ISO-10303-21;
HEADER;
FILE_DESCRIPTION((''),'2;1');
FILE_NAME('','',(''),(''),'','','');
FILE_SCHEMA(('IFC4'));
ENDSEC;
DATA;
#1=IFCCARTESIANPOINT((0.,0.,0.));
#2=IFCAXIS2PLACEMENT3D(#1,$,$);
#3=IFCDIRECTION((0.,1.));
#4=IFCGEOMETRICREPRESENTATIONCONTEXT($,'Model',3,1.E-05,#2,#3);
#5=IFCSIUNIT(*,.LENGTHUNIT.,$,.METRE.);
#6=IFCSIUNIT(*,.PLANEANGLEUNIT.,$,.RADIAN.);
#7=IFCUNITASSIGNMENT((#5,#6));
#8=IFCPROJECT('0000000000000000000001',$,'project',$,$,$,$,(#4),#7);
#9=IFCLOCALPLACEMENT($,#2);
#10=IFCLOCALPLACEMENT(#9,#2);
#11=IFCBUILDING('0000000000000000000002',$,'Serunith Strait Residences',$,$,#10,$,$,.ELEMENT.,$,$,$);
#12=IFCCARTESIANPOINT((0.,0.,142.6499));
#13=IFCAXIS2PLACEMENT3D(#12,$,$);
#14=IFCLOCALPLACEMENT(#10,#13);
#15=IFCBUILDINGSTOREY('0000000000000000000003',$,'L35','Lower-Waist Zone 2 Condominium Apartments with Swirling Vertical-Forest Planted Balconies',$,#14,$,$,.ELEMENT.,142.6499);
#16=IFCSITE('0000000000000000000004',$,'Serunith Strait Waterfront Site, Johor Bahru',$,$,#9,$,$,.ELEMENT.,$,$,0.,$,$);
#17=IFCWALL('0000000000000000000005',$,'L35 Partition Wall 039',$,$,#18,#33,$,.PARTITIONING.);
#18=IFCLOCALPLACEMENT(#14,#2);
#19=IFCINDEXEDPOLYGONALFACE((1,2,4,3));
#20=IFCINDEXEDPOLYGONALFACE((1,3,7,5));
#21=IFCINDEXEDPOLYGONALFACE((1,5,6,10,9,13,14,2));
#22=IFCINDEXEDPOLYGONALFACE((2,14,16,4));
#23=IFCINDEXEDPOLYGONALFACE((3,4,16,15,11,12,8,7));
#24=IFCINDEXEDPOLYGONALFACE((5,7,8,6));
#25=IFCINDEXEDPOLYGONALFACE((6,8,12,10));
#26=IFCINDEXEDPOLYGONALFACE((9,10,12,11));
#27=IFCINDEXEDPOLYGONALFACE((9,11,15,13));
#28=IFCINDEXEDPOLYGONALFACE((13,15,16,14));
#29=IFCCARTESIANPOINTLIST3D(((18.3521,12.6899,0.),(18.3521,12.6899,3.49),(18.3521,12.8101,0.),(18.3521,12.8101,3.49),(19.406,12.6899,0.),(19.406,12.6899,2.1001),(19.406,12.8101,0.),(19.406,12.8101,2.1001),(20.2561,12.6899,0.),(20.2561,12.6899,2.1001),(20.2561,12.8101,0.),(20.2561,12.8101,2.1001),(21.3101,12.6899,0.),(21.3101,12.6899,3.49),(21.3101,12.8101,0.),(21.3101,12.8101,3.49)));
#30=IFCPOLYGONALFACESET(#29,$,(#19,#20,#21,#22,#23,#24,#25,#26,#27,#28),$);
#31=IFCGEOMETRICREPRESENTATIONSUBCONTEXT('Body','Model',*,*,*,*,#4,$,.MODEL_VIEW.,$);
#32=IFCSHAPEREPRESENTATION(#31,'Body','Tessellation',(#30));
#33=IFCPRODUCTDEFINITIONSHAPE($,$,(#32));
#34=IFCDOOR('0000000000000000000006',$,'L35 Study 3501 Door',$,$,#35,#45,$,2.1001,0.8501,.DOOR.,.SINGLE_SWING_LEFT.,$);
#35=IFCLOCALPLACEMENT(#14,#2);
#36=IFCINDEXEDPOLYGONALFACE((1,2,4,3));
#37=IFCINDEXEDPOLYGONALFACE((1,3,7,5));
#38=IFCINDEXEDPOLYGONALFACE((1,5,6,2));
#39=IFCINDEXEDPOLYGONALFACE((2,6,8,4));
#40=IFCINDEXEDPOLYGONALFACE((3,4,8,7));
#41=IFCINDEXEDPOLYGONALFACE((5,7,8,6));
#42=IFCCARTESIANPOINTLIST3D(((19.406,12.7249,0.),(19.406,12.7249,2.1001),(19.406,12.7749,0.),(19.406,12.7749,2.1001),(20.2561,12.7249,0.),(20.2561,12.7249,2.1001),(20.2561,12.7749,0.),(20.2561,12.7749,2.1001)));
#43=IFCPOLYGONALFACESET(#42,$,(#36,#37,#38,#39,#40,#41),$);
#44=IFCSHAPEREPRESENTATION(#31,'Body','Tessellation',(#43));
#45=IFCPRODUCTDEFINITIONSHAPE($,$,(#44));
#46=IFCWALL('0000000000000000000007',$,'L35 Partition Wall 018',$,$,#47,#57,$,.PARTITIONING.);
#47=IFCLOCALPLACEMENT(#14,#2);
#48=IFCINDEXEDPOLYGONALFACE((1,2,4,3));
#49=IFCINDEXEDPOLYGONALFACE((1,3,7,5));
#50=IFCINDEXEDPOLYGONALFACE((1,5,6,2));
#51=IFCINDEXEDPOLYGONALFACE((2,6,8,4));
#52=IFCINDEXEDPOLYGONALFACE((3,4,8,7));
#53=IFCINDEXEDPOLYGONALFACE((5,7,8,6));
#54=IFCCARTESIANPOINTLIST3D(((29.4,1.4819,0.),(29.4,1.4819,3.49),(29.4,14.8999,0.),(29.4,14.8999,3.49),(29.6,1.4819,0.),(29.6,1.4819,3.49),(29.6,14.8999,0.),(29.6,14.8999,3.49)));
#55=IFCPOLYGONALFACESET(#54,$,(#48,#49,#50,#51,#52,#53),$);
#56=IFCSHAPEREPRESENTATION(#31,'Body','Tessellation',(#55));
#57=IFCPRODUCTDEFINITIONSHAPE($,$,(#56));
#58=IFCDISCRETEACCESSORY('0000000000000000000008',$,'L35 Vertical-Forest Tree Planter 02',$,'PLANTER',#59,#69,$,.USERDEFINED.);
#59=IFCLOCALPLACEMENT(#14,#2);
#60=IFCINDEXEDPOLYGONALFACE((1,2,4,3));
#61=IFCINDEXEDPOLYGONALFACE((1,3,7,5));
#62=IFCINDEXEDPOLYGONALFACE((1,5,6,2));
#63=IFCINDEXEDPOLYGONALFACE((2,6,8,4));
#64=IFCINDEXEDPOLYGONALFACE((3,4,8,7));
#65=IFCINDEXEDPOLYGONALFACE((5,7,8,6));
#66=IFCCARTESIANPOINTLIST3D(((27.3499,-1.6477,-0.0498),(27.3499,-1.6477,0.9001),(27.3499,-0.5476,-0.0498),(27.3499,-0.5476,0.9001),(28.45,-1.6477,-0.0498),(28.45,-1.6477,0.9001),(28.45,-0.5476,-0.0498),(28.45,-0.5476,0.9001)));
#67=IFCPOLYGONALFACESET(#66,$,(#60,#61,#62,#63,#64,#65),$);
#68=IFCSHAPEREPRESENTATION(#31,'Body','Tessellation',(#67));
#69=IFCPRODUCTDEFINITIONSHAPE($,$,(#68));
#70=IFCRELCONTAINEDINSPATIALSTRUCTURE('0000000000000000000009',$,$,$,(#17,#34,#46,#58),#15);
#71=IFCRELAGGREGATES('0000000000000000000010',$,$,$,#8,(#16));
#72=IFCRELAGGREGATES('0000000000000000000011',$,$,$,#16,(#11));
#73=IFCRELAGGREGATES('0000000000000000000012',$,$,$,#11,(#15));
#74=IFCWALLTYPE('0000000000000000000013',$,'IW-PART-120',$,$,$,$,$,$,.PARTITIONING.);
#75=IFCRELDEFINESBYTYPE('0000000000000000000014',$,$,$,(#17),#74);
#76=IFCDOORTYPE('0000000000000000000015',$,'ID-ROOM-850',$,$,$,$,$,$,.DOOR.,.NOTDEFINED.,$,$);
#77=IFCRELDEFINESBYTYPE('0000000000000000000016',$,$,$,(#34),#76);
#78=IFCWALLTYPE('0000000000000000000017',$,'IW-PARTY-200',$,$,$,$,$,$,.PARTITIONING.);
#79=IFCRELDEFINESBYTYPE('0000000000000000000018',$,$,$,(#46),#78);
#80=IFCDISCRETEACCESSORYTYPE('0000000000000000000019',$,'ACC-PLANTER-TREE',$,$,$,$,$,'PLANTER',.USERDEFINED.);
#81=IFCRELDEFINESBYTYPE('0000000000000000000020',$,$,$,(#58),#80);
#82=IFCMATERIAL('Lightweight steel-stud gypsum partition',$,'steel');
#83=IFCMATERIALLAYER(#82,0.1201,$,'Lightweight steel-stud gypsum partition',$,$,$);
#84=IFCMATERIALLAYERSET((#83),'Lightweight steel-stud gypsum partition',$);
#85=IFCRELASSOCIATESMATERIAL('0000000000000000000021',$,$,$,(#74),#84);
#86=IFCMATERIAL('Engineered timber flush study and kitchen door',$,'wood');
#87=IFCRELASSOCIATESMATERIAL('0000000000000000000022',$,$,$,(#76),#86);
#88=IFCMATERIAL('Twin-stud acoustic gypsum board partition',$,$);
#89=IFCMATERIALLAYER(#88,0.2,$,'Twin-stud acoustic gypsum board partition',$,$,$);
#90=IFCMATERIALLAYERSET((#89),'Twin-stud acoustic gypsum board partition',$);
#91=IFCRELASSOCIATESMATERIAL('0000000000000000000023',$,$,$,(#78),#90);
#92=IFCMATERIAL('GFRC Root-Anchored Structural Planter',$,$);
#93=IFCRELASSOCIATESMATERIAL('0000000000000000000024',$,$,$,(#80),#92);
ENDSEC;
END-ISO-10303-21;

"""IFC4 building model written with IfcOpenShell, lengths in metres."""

from ifc_helpers import new_model, si_unit, direction, frame, frame_2d, origin, origin_2d, place, context, subcontext, project, spatial, rectangle, extrude, source, transform, mapped, material, layer, layer_set, type_object, element, fill, save


model = new_model("IFC4")

# Units and contexts
model_context = context("Model", 3, precision=1e-05, world=origin(), true_north=direction((0.0, 1.0)))
body_context = subcontext(model_context, "Body", "Model", "MODEL_VIEW")
ifc_project = project(units=[si_unit("LENGTHUNIT", "METRE"), si_unit("PLANEANGLEUNIT", "RADIAN")], contexts=[model_context])

# Site, building, storey
site_placement = place(None, origin())
site = spatial("IfcSite", under=ifc_project, at=site_placement, Name="Serunith Strait Waterfront Site, Johor Bahru", CompositionType="ELEMENT", RefElevation=0.0)
building_placement = place(site_placement, origin())
building = spatial("IfcBuilding", under=site, at=building_placement, Name="Serunith Strait Residences", CompositionType="ELEMENT")
storey_placement = place(building_placement, frame((0.0, 0.0, 142.6499)))
storey = spatial("IfcBuildingStorey", under=building, at=storey_placement, Name="L35", Description="Lower-Waist Zone 2 Condominium Apartments with Swirling Vertical-Forest Planted Balconies", CompositionType="ELEMENT", Elevation=142.6499)

# Shared definitions
ifc_material_1 = material(Name="Lightweight steel-stud gypsum partition", Category="steel")
ifc_layer_1 = layer(ifc_material_1, 0.1201, Name="Lightweight steel-stud gypsum partition")
ifc_layer_set_1 = layer_set([ifc_layer_1], Name="Lightweight steel-stud gypsum partition")
wall_type_1 = type_object("IfcWallType", Name="IW-PART-120", PredefinedType="PARTITIONING", material=ifc_layer_set_1)
ifc_material_2 = material(Name="Engineered timber flush study and kitchen door", Category="wood")
door_type_1 = type_object("IfcDoorType", Name="ID-ROOM-850", OperationType="NOTDEFINED", PredefinedType="DOOR", material=ifc_material_2)
shared_shape_1 = source(origin(), body_context, "Body", "SweptSolid", [
    extrude(rectangle(XDim=0.8501, YDim=2.1001, at=frame_2d((0.425, 1.05))), frame((0.0, 0.0249, 0.0), z_axis=(0.0, -1.0, 0.0), x_axis=(1.0, 0.0, 0.0)), (0.0, 0.0, 1.0), 0.05),
])

# Wall, opening, door
wall_1_placement = place(storey_placement, frame((18.3521, 12.75, 0.0), z_axis=(0.0, 0.0, 1.0), x_axis=(1.0, 0.0, 0.0)))
wall_1 = element("IfcWall", 1, at=wall_1_placement, inside=storey, type_object=wall_type_1, Name="L35 Partition Wall 039", PredefinedType="PARTITIONING", context=body_context, shape_type="SweptSolid", body=[
    extrude(rectangle(XDim=2.958, YDim=0.1201, at=frame_2d((1.479, 0.0))), origin(), (0.0, 0.0, 1.0), 3.49),
])
opening_1_placement = place(wall_1_placement, frame((1.054, 0.0, 0.0)))
opening_1 = element("IfcOpeningElement", 2, at=opening_1_placement, cuts=wall_1, PredefinedType="OPENING", context=body_context, shape_type="SweptSolid", body=[
    extrude(rectangle(XDim=0.8501, YDim=2.1001, at=frame_2d((0.425, 1.05))), frame((0.0, 0.0701, 0.0), z_axis=(0.0, -1.0, 0.0), x_axis=(1.0, 0.0, 0.0)), (0.0, 0.0, 1.0), 0.1401),
])
door_1_placement = place(opening_1_placement, origin())
door_1 = element("IfcDoor", 3, at=door_1_placement, inside=storey, type_object=door_type_1, Name="L35 Study 3501 Door", OperationType="SINGLE_SWING_LEFT", OverallHeight=2.1001, OverallWidth=0.8501, PredefinedType="DOOR", context=body_context, shape_type="MappedRepresentation", body=[
    mapped(shared_shape_1, transform((0.0, 0.0, 0.0), scale=1.0)),
])
fill(opening_1, door_1)

# Wall
ifc_material_3 = material(Name="Twin-stud acoustic gypsum board partition")
ifc_layer_2 = layer(ifc_material_3, 0.2, Name="Twin-stud acoustic gypsum board partition")
ifc_layer_set_2 = layer_set([ifc_layer_2], Name="Twin-stud acoustic gypsum board partition")
wall_type_2 = type_object("IfcWallType", Name="IW-PARTY-200", PredefinedType="PARTITIONING", material=ifc_layer_set_2)
wall_2_placement = place(storey_placement, frame((29.5, 1.4819, 0.0), z_axis=(0.0, 0.0, 1.0), x_axis=(0.0, 1.0, 0.0)))
element("IfcWall", 4, at=wall_2_placement, inside=storey, type_object=wall_type_2, Name="L35 Partition Wall 018", PredefinedType="PARTITIONING", context=body_context, shape_type="SweptSolid", body=[
    extrude(rectangle(XDim=13.418, YDim=0.2, at=frame_2d((6.709, 0.0))), origin(), (0.0, 0.0, 1.0), 3.49),
])

# Discrete accessory
ifc_material_4 = material(Name="GFRC Root-Anchored Structural Planter")
discrete_accessory_type = type_object("IfcDiscreteAccessoryType", Name="ACC-PLANTER-TREE", ElementType="PLANTER", PredefinedType="USERDEFINED", material=ifc_material_4)
shared_shape_2 = source(origin(), body_context, "Body", "SweptSolid", [
    extrude(rectangle(XDim=1.1001, YDim=1.1001, at=origin_2d()), origin(), (0.0, 0.0, 1.0), 0.95),
])
discrete_accessory_placement = place(storey_placement, frame((27.8999, -1.0977, -0.0498), z_axis=(0.0, 0.0, 1.0), x_axis=(1.0, 0.0, 0.0)))
element("IfcDiscreteAccessory", 5, at=discrete_accessory_placement, inside=storey, type_object=discrete_accessory_type, Name="L35 Vertical-Forest Tree Planter 02", ObjectType="PLANTER", PredefinedType="USERDEFINED", context=body_context, shape_type="MappedRepresentation", body=[
    mapped(shared_shape_2, transform((0.0, 0.0, 0.0), scale=1.0)),
])

save(model, "model.ifc")
